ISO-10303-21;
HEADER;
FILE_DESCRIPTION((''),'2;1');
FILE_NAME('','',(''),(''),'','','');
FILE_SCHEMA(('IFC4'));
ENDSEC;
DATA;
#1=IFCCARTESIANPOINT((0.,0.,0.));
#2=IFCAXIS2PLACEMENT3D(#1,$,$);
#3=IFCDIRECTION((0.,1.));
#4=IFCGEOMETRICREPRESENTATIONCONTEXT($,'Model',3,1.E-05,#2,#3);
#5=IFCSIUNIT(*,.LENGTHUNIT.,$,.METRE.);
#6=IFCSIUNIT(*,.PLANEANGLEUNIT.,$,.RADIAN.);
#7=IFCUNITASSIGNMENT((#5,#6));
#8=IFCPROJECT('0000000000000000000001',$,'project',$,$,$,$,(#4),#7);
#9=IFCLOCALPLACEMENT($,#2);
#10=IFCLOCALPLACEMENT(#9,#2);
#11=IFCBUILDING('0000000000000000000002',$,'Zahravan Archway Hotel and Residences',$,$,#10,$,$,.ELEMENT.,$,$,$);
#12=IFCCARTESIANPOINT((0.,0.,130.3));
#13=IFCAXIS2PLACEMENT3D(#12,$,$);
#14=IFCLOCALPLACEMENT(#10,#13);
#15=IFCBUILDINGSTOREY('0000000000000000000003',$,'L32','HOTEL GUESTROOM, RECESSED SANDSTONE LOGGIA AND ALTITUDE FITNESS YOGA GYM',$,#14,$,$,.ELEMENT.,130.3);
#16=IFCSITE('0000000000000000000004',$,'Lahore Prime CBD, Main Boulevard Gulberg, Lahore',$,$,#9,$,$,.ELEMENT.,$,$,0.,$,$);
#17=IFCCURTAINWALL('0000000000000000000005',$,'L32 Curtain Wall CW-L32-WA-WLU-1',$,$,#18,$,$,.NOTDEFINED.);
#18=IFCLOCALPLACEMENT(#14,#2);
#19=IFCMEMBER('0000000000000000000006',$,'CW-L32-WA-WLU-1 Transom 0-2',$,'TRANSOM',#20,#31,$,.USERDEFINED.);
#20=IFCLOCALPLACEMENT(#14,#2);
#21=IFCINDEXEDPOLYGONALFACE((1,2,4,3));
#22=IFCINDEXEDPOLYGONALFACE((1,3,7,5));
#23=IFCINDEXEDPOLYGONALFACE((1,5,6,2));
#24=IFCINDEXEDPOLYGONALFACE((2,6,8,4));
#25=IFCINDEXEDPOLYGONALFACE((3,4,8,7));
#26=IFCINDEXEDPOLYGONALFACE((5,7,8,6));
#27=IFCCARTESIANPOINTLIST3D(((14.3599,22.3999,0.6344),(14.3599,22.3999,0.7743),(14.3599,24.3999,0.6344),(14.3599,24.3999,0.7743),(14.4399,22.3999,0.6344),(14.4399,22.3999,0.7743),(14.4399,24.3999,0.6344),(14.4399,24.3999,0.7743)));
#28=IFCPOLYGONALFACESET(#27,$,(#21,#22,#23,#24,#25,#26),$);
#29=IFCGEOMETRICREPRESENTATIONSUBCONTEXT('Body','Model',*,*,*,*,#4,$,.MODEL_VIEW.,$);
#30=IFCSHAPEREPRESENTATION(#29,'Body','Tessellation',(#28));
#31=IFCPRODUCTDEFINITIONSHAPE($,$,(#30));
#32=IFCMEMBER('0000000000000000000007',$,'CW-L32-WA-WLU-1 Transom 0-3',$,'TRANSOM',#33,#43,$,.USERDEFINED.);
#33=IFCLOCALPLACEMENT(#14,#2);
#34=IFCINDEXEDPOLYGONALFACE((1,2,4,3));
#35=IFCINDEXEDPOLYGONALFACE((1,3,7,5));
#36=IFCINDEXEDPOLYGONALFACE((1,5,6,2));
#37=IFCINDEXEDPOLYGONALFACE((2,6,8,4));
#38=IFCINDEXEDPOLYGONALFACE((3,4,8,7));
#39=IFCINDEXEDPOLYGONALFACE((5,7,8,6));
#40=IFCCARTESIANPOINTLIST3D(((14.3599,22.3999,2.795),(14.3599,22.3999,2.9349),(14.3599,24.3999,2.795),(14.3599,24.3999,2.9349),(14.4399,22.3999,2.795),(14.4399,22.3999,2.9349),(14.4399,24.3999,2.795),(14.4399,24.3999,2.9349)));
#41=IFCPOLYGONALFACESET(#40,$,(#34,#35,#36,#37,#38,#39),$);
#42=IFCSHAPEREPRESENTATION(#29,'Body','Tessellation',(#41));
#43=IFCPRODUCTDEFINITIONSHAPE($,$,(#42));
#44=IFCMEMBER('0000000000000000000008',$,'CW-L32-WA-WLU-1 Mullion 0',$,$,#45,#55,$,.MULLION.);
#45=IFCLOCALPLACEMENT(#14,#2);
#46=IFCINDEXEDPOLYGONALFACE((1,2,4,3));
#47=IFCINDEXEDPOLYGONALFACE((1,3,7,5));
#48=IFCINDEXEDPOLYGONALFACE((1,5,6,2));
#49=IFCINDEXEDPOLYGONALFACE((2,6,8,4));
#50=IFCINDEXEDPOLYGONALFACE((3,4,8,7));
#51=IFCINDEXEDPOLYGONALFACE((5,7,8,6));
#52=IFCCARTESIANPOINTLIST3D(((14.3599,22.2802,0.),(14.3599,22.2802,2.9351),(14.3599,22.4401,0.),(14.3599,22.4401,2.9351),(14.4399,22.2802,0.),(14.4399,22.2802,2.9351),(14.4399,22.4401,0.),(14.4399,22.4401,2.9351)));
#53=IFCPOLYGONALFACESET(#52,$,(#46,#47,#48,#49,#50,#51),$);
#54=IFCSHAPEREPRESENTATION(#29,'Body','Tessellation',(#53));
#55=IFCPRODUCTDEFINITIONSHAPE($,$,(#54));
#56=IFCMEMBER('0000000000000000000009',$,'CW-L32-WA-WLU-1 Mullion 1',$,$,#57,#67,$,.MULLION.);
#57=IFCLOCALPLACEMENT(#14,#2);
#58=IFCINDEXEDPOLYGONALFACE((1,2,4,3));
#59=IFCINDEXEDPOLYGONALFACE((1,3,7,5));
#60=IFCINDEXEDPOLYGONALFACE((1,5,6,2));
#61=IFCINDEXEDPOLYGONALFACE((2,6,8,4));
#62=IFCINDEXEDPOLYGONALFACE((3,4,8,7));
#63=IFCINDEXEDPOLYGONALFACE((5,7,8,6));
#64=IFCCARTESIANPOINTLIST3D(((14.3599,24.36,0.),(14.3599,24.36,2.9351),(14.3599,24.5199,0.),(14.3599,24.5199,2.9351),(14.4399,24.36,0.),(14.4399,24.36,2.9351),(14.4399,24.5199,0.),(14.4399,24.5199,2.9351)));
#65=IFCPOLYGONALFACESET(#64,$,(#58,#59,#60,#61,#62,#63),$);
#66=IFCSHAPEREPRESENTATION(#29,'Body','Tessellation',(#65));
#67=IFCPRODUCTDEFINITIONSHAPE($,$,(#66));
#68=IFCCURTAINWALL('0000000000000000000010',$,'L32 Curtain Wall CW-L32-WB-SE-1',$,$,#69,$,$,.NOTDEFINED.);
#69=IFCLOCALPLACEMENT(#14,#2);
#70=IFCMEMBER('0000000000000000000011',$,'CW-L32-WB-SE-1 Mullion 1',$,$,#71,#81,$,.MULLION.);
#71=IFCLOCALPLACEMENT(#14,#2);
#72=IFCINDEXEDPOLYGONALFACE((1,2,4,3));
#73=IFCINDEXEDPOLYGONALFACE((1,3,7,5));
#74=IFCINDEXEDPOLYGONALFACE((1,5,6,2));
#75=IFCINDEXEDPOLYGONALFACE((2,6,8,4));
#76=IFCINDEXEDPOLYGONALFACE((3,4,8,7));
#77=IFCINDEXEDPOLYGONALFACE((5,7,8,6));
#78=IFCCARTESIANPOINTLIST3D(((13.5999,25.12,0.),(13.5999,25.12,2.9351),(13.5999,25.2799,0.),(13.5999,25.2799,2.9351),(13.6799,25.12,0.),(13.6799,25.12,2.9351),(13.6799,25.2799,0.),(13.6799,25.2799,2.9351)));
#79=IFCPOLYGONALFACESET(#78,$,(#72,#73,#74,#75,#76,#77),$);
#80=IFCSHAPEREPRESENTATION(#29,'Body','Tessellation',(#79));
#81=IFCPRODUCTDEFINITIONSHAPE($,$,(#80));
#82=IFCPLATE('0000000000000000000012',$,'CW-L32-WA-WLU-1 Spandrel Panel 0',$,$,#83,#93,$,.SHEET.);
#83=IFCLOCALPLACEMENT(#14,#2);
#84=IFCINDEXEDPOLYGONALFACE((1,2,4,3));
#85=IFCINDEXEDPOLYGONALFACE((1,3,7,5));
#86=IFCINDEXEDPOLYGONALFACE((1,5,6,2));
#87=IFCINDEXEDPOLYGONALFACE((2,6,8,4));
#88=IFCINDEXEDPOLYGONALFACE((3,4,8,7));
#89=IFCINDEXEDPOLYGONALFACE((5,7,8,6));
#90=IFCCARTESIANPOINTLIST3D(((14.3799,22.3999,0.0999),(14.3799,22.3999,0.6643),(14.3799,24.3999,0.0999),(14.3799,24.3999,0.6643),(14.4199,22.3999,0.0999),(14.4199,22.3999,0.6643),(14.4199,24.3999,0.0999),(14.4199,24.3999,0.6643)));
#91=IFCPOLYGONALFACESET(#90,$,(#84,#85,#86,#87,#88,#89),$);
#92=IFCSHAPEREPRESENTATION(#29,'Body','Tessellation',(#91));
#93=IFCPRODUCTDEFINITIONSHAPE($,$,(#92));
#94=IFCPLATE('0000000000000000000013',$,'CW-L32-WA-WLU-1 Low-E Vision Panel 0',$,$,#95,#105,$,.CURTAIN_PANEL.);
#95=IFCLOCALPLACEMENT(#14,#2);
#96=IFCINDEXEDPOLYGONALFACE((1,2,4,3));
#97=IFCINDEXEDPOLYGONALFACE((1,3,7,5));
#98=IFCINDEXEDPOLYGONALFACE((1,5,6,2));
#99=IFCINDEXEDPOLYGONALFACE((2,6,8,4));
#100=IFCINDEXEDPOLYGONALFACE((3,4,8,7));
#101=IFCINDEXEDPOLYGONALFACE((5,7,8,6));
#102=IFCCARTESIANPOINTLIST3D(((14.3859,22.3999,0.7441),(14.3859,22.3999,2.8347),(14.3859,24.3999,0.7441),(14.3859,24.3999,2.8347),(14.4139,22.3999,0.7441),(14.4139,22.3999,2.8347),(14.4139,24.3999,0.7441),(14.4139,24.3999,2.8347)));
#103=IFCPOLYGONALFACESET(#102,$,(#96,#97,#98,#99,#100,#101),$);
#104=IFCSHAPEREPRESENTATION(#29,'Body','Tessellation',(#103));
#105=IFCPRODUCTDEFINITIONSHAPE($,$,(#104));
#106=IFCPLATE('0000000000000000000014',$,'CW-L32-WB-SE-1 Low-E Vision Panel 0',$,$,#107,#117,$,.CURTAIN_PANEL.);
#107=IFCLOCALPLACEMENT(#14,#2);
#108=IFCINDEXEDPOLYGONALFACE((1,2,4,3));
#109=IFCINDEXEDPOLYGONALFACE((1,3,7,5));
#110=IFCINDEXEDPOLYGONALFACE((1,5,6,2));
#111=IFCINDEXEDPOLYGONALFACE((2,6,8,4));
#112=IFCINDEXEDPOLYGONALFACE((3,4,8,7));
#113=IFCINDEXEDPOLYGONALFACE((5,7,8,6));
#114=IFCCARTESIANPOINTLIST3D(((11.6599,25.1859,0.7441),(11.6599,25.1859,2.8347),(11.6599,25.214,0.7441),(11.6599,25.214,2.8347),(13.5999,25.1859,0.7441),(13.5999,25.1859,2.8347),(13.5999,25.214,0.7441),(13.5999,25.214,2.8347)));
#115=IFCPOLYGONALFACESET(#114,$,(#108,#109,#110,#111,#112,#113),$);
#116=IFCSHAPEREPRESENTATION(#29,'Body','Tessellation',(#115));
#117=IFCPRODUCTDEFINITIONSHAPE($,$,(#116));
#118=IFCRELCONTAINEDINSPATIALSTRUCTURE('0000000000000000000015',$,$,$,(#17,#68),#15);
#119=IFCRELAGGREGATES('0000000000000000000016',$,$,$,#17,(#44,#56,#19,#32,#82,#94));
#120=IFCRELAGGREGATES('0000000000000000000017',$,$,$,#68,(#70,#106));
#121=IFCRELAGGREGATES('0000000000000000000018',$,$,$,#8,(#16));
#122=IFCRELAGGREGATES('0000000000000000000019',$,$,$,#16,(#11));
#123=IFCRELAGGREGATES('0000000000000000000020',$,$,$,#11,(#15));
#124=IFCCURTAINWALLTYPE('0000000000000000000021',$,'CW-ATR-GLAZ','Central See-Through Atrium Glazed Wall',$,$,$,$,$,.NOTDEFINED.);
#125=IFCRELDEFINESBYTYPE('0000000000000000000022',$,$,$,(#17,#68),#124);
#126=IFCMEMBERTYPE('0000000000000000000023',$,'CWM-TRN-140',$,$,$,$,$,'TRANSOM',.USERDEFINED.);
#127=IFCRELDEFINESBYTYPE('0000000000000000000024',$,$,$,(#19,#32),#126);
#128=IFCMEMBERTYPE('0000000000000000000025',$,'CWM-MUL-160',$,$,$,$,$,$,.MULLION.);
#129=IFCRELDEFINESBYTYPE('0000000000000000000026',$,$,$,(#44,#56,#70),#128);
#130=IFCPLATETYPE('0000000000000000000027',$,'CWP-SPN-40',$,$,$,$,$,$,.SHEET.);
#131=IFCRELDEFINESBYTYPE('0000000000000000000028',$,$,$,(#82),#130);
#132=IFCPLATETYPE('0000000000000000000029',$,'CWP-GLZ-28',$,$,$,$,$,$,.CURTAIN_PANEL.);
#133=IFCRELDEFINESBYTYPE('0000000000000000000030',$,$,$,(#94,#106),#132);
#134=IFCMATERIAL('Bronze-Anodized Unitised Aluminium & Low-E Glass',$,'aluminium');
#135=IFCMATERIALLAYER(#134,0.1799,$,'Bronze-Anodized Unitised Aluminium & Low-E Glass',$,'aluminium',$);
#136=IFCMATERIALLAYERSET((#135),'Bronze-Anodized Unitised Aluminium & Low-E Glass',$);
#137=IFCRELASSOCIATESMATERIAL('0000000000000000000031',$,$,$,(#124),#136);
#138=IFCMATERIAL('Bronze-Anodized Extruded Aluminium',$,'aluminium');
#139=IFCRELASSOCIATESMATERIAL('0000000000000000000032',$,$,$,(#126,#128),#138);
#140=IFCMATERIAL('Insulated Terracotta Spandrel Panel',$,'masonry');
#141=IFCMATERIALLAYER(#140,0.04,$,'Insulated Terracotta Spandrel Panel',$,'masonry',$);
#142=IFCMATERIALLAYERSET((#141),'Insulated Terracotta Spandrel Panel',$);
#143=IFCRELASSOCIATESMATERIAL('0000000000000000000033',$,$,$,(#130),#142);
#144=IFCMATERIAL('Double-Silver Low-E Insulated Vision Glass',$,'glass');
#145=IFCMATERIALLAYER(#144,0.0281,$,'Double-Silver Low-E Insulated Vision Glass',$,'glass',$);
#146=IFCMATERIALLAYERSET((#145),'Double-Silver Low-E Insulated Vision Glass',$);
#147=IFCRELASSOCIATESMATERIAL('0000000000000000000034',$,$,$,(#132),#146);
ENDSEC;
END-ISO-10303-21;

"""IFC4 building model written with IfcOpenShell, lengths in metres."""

from ifc_helpers import new_model, si_unit, direction, frame, origin, origin_2d, place, context, subcontext, project, spatial, rectangle, extrude, source, transform, mapped, material, layer, layer_set, material_profile, profile_set, type_object, element, aggregate, save


model = new_model("IFC4")

# Units and contexts
model_context = context("Model", 3, precision=1e-05, world=origin(), true_north=direction((0.0, 1.0)))
body_context = subcontext(model_context, "Body", "Model", "MODEL_VIEW")
ifc_project = project(units=[si_unit("LENGTHUNIT", "METRE"), si_unit("PLANEANGLEUNIT", "RADIAN")], contexts=[model_context])

# Site, building, storey
site_placement = place(None, origin())
site = spatial("IfcSite", under=ifc_project, at=site_placement, Name="Lahore Prime CBD, Main Boulevard Gulberg, Lahore", CompositionType="ELEMENT", RefElevation=0.0)
building_placement = place(site_placement, origin())
building = spatial("IfcBuilding", under=site, at=building_placement, Name="Zahravan Archway Hotel and Residences", CompositionType="ELEMENT")
storey_placement = place(building_placement, frame((0.0, 0.0, 130.3)))
storey = spatial("IfcBuildingStorey", under=building, at=storey_placement, Name="L32", Description="HOTEL GUESTROOM, RECESSED SANDSTONE LOGGIA AND ALTITUDE FITNESS YOGA GYM", CompositionType="ELEMENT", Elevation=130.3)

# Curtain wall, members
ifc_material_1 = material(Name="Bronze-Anodized Unitised Aluminium & Low-E Glass", Category="aluminium")
ifc_layer_1 = layer(ifc_material_1, 0.1799, Name="Bronze-Anodized Unitised Aluminium & Low-E Glass", Category="aluminium")
ifc_layer_set_1 = layer_set([ifc_layer_1], Name="Bronze-Anodized Unitised Aluminium & Low-E Glass")
curtain_wall_type = type_object("IfcCurtainWallType", Name="CW-ATR-GLAZ", Description="Central See-Through Atrium Glazed Wall", PredefinedType="NOTDEFINED", material=ifc_layer_set_1)
curtain_wall_1_placement = place(storey_placement, origin())
curtain_wall_1 = element("IfcCurtainWall", 1, at=curtain_wall_1_placement, inside=storey, type_object=curtain_wall_type, Name="L32 Curtain Wall CW-L32-WA-WLU-1", PredefinedType="NOTDEFINED")
ifc_material_2 = material(Name="Bronze-Anodized Extruded Aluminium", Category="aluminium")
ifc_material_profile_1 = material_profile(ifc_material_2, rectangle(XDim=0.0801, YDim=0.1399, at=origin_2d()), Name="TRN 80x140", Category="aluminium")
ifc_profile_set_1 = profile_set([ifc_material_profile_1], Name="Bronze-Anodized Extruded Aluminium")
member_type_1 = type_object("IfcMemberType", Name="CWM-TRN-140", ElementType="TRANSOM", PredefinedType="USERDEFINED", material=ifc_profile_set_1)
shared_shape_1 = source(origin(), body_context, "Body", "SweptSolid", [
    extrude(rectangle(XDim=0.0801, YDim=0.1399, at=origin_2d()), origin(), (0.0, 0.0, 1.0), 2.0),
])
member_1_placement = place(storey_placement, frame((14.3999, 22.3999, 0.7043), z_axis=(0.0, 1.0, 0.0), x_axis=(-1.0, 0.0, 0.0)))
member_1 = element("IfcMember", 2, at=member_1_placement, type_object=member_type_1, Name="CW-L32-WA-WLU-1 Transom 0-2", ObjectType="TRANSOM", PredefinedType="USERDEFINED", context=body_context, shape_type="MappedRepresentation", body=[
    mapped(shared_shape_1, transform((0.0, 0.0, 0.0), scale=1.0)),
])
member_2_placement = place(storey_placement, frame((14.3999, 22.3999, 2.865), z_axis=(0.0, 1.0, 0.0), x_axis=(-1.0, 0.0, 0.0)))
member_2 = element("IfcMember", 3, at=member_2_placement, type_object=member_type_1, Name="CW-L32-WA-WLU-1 Transom 0-3", ObjectType="TRANSOM", PredefinedType="USERDEFINED", context=body_context, shape_type="MappedRepresentation", body=[
    mapped(shared_shape_1, transform((0.0, 0.0, 0.0), scale=1.0)),
])
ifc_material_profile_2 = material_profile(ifc_material_2, rectangle(XDim=0.0801, YDim=0.1599, at=origin_2d()), Name="MUL 80x160", Category="aluminium")
ifc_profile_set_2 = profile_set([ifc_material_profile_2], Name="Bronze-Anodized Extruded Aluminium")
member_type_2 = type_object("IfcMemberType", Name="CWM-MUL-160", PredefinedType="MULLION", material=ifc_profile_set_2)
shared_shape_2 = source(origin(), body_context, "Body", "SweptSolid", [
    extrude(rectangle(XDim=0.0801, YDim=0.1599, at=origin_2d()), origin(), (0.0, 0.0, 1.0), 2.9351),
])
member_3_placement = place(storey_placement, frame((14.3999, 22.3601, 0.0), z_axis=(0.0, 0.0, 1.0), x_axis=(1.0, 0.0, 0.0)))
member_3 = element("IfcMember", 4, at=member_3_placement, type_object=member_type_2, Name="CW-L32-WA-WLU-1 Mullion 0", PredefinedType="MULLION", context=body_context, shape_type="MappedRepresentation", body=[
    mapped(shared_shape_2, transform((0.0, 0.0, 0.0), scale=1.0)),
])
member_4_placement = place(storey_placement, frame((14.3999, 24.4399, 0.0), z_axis=(0.0, 0.0, 1.0), x_axis=(1.0, 0.0, 0.0)))
member_4 = element("IfcMember", 5, at=member_4_placement, type_object=member_type_2, Name="CW-L32-WA-WLU-1 Mullion 1", PredefinedType="MULLION", context=body_context, shape_type="MappedRepresentation", body=[
    mapped(shared_shape_2, transform((0.0, 0.0, 0.0), scale=1.0)),
])

# Curtain wall, member
curtain_wall_2_placement = place(storey_placement, origin())
curtain_wall_2 = element("IfcCurtainWall", 6, at=curtain_wall_2_placement, inside=storey, type_object=curtain_wall_type, Name="L32 Curtain Wall CW-L32-WB-SE-1", PredefinedType="NOTDEFINED")
member_5_placement = place(storey_placement, frame((13.6399, 25.2, 0.0), z_axis=(0.0, 0.0, 1.0), x_axis=(1.0, 0.0, 0.0)))
member_5 = element("IfcMember", 7, at=member_5_placement, type_object=member_type_2, Name="CW-L32-WB-SE-1 Mullion 1", PredefinedType="MULLION", context=body_context, shape_type="MappedRepresentation", body=[
    mapped(shared_shape_2, transform((0.0, 0.0, 0.0), scale=1.0)),
])

# Plates
ifc_material_3 = material(Name="Insulated Terracotta Spandrel Panel", Category="masonry")
ifc_layer_2 = layer(ifc_material_3, 0.04, Name="Insulated Terracotta Spandrel Panel", Category="masonry")
ifc_layer_set_2 = layer_set([ifc_layer_2], Name="Insulated Terracotta Spandrel Panel")
plate_type_1 = type_object("IfcPlateType", Name="CWP-SPN-40", PredefinedType="SHEET", material=ifc_layer_set_2)
shared_shape_3 = source(origin(), body_context, "Body", "SweptSolid", [
    extrude(rectangle(XDim=2.0, YDim=0.04, at=origin_2d()), origin(), (0.0, 0.0, 1.0), 0.5645),
])
plate_1_placement = place(storey_placement, frame((14.3999, 23.3999, 0.0999), z_axis=(0.0, 0.0, 1.0), x_axis=(0.0, 1.0, 0.0)))
plate_1 = element("IfcPlate", 8, at=plate_1_placement, type_object=plate_type_1, Name="CW-L32-WA-WLU-1 Spandrel Panel 0", PredefinedType="SHEET", context=body_context, shape_type="MappedRepresentation", body=[
    mapped(shared_shape_3, transform((0.0, 0.0, 0.0), scale=1.0)),
])
ifc_material_4 = material(Name="Double-Silver Low-E Insulated Vision Glass", Category="glass")
ifc_layer_3 = layer(ifc_material_4, 0.0281, Name="Double-Silver Low-E Insulated Vision Glass", Category="glass")
ifc_layer_set_3 = layer_set([ifc_layer_3], Name="Double-Silver Low-E Insulated Vision Glass")
plate_type_2 = type_object("IfcPlateType", Name="CWP-GLZ-28", PredefinedType="CURTAIN_PANEL", material=ifc_layer_set_3)
shared_shape_4 = source(origin(), body_context, "Body", "SweptSolid", [
    extrude(rectangle(XDim=2.0, YDim=0.0281, at=origin_2d()), origin(), (0.0, 0.0, 1.0), 2.0906),
])
plate_2_placement = place(storey_placement, frame((14.3999, 23.3999, 0.7441), z_axis=(0.0, 0.0, 1.0), x_axis=(0.0, 1.0, 0.0)))
plate_2 = element("IfcPlate", 9, at=plate_2_placement, type_object=plate_type_2, Name="CW-L32-WA-WLU-1 Low-E Vision Panel 0", PredefinedType="CURTAIN_PANEL", context=body_context, shape_type="MappedRepresentation", body=[
    mapped(shared_shape_4, transform((0.0, 0.0, 0.0), scale=1.0)),
])
aggregate(curtain_wall_1, [member_3, member_4, member_1, member_2, plate_1, plate_2])
shared_shape_5 = source(origin(), body_context, "Body", "SweptSolid", [
    extrude(rectangle(XDim=1.9399, YDim=0.0281, at=origin_2d()), origin(), (0.0, 0.0, 1.0), 2.0906),
])
plate_3_placement = place(storey_placement, frame((12.6299, 25.2, 0.7441), z_axis=(0.0, 0.0, 1.0), x_axis=(1.0, 0.0, 0.0)))
plate_3 = element("IfcPlate", 10, at=plate_3_placement, type_object=plate_type_2, Name="CW-L32-WB-SE-1 Low-E Vision Panel 0", PredefinedType="CURTAIN_PANEL", context=body_context, shape_type="MappedRepresentation", body=[
    mapped(shared_shape_5, transform((0.0, 0.0, 0.0), scale=1.0)),
])
aggregate(curtain_wall_2, [member_5, plate_3])

save(model, "model.ifc")
